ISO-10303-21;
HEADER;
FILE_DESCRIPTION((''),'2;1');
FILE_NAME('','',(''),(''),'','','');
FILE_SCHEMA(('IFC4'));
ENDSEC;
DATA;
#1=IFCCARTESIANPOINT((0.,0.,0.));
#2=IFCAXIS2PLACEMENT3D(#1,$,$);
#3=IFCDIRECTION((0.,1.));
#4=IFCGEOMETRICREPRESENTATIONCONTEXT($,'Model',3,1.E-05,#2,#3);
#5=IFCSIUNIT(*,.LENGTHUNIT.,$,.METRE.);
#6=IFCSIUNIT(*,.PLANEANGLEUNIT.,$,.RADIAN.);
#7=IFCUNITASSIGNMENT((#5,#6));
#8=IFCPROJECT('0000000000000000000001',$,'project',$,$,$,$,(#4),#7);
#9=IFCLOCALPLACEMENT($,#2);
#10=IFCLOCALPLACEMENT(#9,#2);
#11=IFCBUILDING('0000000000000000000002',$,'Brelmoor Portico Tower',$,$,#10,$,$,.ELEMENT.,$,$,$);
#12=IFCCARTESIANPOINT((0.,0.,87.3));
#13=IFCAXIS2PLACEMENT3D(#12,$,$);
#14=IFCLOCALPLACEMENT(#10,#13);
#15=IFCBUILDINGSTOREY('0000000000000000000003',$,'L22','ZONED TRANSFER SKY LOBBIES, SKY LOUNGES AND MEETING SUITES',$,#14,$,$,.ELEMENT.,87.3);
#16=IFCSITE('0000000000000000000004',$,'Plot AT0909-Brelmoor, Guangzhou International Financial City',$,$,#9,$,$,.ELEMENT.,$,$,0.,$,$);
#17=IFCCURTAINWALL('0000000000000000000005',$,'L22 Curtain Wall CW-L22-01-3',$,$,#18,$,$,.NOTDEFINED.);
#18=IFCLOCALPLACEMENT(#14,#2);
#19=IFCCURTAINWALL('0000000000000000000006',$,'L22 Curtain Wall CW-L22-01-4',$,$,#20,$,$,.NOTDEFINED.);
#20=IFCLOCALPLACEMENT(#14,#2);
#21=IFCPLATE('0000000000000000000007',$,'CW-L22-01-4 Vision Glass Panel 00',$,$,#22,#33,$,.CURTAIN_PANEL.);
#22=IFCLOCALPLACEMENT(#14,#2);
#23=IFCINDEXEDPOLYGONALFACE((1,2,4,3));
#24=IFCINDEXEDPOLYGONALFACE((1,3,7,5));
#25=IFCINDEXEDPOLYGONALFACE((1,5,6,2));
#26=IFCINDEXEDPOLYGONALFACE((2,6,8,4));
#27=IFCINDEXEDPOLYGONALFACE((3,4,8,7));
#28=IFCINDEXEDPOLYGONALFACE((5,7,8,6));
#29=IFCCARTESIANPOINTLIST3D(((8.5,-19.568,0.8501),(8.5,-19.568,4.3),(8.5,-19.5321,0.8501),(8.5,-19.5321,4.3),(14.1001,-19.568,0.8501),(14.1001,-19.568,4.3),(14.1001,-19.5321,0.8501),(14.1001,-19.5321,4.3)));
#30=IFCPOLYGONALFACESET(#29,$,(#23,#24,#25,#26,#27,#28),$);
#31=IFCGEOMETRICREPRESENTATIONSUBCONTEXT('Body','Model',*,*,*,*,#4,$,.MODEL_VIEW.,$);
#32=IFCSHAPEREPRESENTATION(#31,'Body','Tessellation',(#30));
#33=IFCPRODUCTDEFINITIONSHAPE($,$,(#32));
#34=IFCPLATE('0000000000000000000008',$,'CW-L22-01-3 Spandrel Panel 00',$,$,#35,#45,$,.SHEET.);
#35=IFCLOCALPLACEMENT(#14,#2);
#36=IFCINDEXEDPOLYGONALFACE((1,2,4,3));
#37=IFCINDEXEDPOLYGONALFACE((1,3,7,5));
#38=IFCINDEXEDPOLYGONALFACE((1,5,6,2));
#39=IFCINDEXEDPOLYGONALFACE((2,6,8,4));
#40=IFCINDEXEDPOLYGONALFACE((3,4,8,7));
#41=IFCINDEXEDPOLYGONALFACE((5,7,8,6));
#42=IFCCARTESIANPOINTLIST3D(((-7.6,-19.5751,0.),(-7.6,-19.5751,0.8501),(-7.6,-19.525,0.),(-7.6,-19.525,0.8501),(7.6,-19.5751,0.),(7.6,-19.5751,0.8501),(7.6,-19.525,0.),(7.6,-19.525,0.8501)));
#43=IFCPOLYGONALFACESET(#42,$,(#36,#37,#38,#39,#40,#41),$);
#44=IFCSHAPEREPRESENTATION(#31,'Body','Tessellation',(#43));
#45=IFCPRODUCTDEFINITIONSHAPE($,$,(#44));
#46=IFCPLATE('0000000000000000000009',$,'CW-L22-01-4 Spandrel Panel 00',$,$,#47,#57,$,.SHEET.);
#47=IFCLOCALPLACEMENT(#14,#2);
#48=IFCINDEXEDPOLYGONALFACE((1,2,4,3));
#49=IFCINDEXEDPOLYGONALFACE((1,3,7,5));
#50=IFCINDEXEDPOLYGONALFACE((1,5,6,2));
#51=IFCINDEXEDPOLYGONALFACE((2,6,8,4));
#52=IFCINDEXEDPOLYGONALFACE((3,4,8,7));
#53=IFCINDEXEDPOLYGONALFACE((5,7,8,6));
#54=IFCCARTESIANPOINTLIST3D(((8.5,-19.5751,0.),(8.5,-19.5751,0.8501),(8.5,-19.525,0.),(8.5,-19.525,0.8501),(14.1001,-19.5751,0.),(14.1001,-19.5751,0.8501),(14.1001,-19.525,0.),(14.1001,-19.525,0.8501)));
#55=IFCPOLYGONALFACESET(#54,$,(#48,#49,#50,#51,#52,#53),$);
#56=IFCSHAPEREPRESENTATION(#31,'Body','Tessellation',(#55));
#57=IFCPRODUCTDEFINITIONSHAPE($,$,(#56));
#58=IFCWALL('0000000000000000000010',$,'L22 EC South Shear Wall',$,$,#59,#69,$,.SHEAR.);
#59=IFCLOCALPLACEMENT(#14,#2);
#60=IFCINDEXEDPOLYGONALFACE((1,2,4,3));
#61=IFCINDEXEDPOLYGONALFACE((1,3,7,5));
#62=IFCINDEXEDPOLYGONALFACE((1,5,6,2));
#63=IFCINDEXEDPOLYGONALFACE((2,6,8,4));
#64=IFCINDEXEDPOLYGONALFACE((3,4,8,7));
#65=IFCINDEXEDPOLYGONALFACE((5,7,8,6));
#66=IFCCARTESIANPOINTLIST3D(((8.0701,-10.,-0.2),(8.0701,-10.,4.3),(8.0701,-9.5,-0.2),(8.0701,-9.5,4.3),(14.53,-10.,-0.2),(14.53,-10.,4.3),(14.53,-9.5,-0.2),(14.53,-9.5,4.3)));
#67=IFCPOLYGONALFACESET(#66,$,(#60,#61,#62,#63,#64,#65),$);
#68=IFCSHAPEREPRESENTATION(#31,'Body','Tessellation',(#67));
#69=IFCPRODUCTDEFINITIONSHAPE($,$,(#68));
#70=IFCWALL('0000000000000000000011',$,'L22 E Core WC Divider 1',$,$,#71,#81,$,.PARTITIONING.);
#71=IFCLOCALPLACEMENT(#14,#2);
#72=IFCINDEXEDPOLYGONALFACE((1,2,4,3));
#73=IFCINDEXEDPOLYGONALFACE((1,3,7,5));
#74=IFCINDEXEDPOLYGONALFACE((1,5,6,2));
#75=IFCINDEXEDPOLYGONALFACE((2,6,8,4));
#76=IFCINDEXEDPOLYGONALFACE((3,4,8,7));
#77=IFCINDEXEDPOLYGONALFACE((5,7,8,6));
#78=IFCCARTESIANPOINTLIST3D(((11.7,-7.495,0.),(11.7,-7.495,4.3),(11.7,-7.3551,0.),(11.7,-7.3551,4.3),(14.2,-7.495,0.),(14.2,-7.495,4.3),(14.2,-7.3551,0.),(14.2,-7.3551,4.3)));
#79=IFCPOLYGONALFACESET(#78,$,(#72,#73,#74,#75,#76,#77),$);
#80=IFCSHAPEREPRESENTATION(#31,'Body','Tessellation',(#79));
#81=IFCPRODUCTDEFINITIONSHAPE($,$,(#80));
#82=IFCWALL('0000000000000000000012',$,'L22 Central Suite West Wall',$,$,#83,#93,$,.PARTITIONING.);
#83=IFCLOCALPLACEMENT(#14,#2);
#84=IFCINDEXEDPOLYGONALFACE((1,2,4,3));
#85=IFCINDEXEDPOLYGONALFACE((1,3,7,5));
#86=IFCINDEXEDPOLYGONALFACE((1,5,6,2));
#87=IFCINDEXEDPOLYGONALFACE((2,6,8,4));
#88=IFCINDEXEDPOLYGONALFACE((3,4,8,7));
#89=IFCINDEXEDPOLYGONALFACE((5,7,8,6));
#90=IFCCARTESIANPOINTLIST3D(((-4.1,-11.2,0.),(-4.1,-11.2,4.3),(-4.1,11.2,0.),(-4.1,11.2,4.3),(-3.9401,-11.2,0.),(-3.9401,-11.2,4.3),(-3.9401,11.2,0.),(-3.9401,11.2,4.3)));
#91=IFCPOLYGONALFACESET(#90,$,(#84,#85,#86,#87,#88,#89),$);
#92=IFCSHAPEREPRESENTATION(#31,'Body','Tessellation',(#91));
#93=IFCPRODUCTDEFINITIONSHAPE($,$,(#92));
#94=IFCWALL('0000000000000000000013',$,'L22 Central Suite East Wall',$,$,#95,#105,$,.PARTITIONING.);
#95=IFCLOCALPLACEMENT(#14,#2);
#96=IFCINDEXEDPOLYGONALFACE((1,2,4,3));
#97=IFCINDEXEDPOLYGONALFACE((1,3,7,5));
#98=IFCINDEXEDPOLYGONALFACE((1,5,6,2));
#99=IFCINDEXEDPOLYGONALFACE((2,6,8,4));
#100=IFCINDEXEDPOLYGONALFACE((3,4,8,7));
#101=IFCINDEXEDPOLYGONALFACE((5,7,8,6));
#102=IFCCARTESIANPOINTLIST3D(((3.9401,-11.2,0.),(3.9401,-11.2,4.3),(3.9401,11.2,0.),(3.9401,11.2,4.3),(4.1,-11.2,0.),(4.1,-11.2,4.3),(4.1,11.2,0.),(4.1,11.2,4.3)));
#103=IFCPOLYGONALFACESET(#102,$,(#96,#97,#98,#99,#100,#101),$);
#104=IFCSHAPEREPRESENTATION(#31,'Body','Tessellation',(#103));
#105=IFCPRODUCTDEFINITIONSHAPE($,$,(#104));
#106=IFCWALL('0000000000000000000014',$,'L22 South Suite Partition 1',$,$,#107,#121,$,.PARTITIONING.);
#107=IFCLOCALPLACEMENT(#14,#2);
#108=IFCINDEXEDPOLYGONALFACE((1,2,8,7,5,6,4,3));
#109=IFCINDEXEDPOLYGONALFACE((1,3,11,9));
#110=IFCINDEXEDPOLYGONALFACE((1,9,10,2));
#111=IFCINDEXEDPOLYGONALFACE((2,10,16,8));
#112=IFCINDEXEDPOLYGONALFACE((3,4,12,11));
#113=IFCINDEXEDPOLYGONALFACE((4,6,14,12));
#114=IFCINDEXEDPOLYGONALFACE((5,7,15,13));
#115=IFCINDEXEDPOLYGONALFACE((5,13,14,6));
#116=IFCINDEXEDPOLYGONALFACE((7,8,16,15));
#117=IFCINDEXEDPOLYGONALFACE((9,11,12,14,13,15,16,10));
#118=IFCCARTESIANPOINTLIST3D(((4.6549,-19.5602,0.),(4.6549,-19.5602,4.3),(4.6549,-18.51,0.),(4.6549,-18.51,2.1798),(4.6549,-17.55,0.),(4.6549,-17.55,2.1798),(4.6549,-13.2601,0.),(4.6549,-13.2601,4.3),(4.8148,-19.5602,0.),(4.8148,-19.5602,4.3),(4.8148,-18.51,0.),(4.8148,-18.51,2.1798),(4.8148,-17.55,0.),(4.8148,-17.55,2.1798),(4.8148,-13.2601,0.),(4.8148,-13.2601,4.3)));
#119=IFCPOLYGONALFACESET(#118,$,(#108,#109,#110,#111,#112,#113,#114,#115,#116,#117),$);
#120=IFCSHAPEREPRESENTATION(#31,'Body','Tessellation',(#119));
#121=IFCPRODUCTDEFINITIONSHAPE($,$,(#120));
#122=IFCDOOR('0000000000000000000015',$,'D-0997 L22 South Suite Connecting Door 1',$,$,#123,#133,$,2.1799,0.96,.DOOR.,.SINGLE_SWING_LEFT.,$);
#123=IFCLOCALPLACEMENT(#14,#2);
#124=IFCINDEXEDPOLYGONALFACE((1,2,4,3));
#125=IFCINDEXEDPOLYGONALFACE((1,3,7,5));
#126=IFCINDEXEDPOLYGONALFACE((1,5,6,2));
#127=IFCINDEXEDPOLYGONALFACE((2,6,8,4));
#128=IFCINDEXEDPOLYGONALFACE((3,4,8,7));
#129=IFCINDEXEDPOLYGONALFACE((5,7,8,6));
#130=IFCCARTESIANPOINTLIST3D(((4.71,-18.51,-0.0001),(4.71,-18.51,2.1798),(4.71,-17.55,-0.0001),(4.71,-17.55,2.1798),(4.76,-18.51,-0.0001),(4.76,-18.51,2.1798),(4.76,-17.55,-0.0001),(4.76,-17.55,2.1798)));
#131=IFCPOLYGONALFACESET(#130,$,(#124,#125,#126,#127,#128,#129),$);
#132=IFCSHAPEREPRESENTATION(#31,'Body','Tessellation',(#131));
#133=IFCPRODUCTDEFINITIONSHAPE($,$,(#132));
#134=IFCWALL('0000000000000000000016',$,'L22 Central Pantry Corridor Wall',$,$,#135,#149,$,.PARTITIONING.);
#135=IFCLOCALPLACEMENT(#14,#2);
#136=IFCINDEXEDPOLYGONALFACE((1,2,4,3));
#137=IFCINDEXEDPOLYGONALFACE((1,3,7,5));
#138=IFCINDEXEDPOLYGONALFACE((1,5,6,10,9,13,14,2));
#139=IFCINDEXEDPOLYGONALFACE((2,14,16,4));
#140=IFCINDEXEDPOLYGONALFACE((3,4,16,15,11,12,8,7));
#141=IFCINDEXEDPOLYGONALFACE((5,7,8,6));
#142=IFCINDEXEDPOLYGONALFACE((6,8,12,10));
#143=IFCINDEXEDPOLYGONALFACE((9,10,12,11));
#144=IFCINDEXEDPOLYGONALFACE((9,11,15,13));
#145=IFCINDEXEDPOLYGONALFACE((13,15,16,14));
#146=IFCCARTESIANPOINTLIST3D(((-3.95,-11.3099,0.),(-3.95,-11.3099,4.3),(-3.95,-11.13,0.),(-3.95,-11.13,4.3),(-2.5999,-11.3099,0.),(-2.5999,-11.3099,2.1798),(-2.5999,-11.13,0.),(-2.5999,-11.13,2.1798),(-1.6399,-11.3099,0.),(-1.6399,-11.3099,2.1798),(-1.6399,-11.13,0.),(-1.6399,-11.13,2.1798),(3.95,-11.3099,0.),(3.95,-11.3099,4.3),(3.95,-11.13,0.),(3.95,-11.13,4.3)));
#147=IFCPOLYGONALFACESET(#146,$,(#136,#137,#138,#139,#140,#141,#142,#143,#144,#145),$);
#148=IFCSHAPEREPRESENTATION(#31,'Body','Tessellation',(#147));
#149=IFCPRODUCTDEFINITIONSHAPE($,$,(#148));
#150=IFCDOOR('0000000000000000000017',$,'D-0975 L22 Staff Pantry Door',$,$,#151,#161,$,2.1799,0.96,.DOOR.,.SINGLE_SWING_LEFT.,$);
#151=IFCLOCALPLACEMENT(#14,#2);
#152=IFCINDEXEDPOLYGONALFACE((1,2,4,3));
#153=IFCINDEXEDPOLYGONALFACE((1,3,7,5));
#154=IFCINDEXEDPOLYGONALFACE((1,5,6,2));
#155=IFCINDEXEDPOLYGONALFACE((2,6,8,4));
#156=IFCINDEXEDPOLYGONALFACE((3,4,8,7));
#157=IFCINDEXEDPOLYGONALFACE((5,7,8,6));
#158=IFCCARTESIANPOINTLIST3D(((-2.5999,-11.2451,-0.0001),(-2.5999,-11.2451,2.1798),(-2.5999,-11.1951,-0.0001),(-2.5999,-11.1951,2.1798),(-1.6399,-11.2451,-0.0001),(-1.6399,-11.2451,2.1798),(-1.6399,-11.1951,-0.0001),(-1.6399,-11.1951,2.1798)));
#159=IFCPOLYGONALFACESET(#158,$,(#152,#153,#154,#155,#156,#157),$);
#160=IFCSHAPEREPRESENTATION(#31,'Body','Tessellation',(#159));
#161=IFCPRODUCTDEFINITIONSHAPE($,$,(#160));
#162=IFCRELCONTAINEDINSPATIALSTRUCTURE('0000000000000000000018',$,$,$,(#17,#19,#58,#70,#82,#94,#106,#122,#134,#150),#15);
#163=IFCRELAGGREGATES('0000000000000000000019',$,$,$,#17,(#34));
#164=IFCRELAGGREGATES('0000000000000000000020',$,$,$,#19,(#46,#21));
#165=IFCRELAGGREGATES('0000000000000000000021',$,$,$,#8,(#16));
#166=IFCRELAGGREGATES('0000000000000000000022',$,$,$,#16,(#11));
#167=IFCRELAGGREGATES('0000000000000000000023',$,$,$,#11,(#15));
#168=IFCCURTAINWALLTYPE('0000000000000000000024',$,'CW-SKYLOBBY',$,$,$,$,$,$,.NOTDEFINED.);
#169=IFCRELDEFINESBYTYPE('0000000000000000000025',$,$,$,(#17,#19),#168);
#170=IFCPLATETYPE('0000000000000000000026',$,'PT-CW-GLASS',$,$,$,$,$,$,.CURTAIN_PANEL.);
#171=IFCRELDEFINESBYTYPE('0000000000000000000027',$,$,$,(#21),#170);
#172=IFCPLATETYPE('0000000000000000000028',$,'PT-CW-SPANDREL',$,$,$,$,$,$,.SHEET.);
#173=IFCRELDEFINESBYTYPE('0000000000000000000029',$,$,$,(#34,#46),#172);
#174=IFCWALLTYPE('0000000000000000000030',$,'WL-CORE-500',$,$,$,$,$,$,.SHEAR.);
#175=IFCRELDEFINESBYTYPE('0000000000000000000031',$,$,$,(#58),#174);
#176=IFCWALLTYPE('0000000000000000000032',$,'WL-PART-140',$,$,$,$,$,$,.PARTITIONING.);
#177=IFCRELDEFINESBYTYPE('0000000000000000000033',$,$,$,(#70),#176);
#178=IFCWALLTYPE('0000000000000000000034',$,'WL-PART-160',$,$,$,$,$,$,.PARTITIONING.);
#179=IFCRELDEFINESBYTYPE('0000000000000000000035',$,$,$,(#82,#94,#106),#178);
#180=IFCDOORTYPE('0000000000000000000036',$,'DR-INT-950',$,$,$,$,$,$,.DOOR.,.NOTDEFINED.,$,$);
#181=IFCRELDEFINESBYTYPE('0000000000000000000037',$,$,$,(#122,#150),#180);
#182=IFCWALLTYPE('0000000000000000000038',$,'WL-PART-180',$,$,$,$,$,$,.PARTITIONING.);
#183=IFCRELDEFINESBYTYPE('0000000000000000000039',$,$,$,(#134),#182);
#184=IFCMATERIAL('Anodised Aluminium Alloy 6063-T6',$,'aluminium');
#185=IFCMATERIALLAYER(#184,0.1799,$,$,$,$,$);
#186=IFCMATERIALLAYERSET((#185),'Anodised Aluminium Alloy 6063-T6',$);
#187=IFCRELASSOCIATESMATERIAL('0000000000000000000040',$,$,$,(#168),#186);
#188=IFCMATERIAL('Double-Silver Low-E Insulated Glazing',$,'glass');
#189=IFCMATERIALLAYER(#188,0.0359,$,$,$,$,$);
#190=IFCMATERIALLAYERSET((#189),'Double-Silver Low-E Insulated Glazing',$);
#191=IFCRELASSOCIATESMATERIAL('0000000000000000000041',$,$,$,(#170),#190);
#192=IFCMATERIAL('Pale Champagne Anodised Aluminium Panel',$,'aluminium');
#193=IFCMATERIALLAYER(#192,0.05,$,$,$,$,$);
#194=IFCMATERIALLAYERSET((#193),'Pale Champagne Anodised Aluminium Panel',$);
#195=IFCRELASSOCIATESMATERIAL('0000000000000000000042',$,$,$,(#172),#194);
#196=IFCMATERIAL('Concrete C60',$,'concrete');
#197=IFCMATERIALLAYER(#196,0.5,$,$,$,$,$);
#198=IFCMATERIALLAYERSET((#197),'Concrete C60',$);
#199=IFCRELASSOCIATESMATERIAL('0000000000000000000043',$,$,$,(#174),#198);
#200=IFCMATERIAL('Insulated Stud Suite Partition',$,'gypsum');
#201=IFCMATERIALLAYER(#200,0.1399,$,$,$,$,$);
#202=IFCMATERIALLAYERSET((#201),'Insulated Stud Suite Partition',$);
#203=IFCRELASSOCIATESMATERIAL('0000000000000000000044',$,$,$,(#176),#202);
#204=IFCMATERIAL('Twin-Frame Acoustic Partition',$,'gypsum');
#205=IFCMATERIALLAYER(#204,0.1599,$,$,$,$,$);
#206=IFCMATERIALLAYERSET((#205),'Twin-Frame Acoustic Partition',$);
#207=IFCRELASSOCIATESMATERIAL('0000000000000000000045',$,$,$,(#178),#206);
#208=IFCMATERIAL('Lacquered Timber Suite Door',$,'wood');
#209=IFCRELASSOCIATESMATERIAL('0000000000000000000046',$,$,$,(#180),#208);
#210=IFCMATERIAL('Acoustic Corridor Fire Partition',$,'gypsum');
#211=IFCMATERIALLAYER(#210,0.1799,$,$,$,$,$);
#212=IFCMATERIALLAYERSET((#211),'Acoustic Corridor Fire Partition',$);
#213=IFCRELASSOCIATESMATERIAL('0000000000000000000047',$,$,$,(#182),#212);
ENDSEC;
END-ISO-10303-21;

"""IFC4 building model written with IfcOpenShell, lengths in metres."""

from ifc_helpers import new_model, si_unit, direction, frame, frame_2d, origin, origin_2d, place, context, subcontext, project, spatial, rectangle, extrude, material, layer, layer_set, type_object, element, fill, aggregate, save


model = new_model("IFC4")

# Units and contexts
model_context = context("Model", 3, precision=1e-05, world=origin(), true_north=direction((0.0, 1.0)))
body_context = subcontext(model_context, "Body", "Model", "MODEL_VIEW")
ifc_project = project(units=[si_unit("LENGTHUNIT", "METRE"), si_unit("PLANEANGLEUNIT", "RADIAN")], contexts=[model_context])

# Site, building, storey
site_placement = place(None, origin())
site = spatial("IfcSite", under=ifc_project, at=site_placement, Name="Plot AT0909-Brelmoor, Guangzhou International Financial City", CompositionType="ELEMENT", RefElevation=0.0)
building_placement = place(site_placement, origin())
building = spatial("IfcBuilding", under=site, at=building_placement, Name="Brelmoor Portico Tower", CompositionType="ELEMENT")
storey_placement = place(building_placement, frame((0.0, 0.0, 87.3)))
storey = spatial("IfcBuildingStorey", under=building, at=storey_placement, Name="L22", Description="ZONED TRANSFER SKY LOBBIES, SKY LOUNGES AND MEETING SUITES", CompositionType="ELEMENT", Elevation=87.3)

# Curtain wall
ifc_material_1 = material(Name="Anodised Aluminium Alloy 6063-T6", Category="aluminium")
ifc_layer_1 = layer(ifc_material_1, 0.1799)
ifc_layer_set_1 = layer_set([ifc_layer_1], Name="Anodised Aluminium Alloy 6063-T6")
curtain_wall_type = type_object("IfcCurtainWallType", Name="CW-SKYLOBBY", PredefinedType="NOTDEFINED", material=ifc_layer_set_1)
curtain_wall_1_placement = place(storey_placement, origin())
curtain_wall_1 = element("IfcCurtainWall", 1, at=curtain_wall_1_placement, inside=storey, type_object=curtain_wall_type, Name="L22 Curtain Wall CW-L22-01-3", PredefinedType="NOTDEFINED")

# Curtain wall
curtain_wall_2_placement = place(storey_placement, origin())
curtain_wall_2 = element("IfcCurtainWall", 2, at=curtain_wall_2_placement, inside=storey, type_object=curtain_wall_type, Name="L22 Curtain Wall CW-L22-01-4", PredefinedType="NOTDEFINED")

# Plates
ifc_material_2 = material(Name="Double-Silver Low-E Insulated Glazing", Category="glass")
ifc_layer_2 = layer(ifc_material_2, 0.0359)
ifc_layer_set_2 = layer_set([ifc_layer_2], Name="Double-Silver Low-E Insulated Glazing")
plate_type_1 = type_object("IfcPlateType", Name="PT-CW-GLASS", PredefinedType="CURTAIN_PANEL", material=ifc_layer_set_2)
plate_1_placement = place(storey_placement, frame((11.3, -19.55, 0.8501), z_axis=(0.0, 0.0, 1.0), x_axis=(1.0, 0.0, 0.0)))
plate_1 = element("IfcPlate", 3, at=plate_1_placement, type_object=plate_type_1, Name="CW-L22-01-4 Vision Glass Panel 00", PredefinedType="CURTAIN_PANEL", context=body_context, shape_type="SweptSolid", body=[
    extrude(rectangle(XDim=5.6001, YDim=0.0359, at=origin_2d()), origin(), (0.0, 0.0, 1.0), 3.45),
])
ifc_material_3 = material(Name="Pale Champagne Anodised Aluminium Panel", Category="aluminium")
ifc_layer_3 = layer(ifc_material_3, 0.05)
ifc_layer_set_3 = layer_set([ifc_layer_3], Name="Pale Champagne Anodised Aluminium Panel")
plate_type_2 = type_object("IfcPlateType", Name="PT-CW-SPANDREL", PredefinedType="SHEET", material=ifc_layer_set_3)
plate_2_placement = place(storey_placement, frame((0.0, -19.55, 0.0), z_axis=(0.0, 0.0, 1.0), x_axis=(1.0, 0.0, 0.0)))
plate_2 = element("IfcPlate", 4, at=plate_2_placement, type_object=plate_type_2, Name="CW-L22-01-3 Spandrel Panel 00", PredefinedType="SHEET", context=body_context, shape_type="SweptSolid", body=[
    extrude(rectangle(XDim=15.2, YDim=0.05, at=origin_2d()), origin(), (0.0, 0.0, 1.0), 0.8501),
])
aggregate(curtain_wall_1, [plate_2])
plate_3_placement = place(storey_placement, frame((11.3, -19.55, 0.0), z_axis=(0.0, 0.0, 1.0), x_axis=(1.0, 0.0, 0.0)))
plate_3 = element("IfcPlate", 5, at=plate_3_placement, type_object=plate_type_2, Name="CW-L22-01-4 Spandrel Panel 00", PredefinedType="SHEET", context=body_context, shape_type="SweptSolid", body=[
    extrude(rectangle(XDim=5.6001, YDim=0.05, at=origin_2d()), origin(), (0.0, 0.0, 1.0), 0.8501),
])
aggregate(curtain_wall_2, [plate_3, plate_1])

# Walls
ifc_material_4 = material(Name="Concrete C60", Category="concrete")
ifc_layer_4 = layer(ifc_material_4, 0.5)
ifc_layer_set_4 = layer_set([ifc_layer_4], Name="Concrete C60")
wall_type_1 = type_object("IfcWallType", Name="WL-CORE-500", PredefinedType="SHEAR", material=ifc_layer_set_4)
wall_1_placement = place(storey_placement, frame((8.0701, -9.75, -0.2), z_axis=(0.0, 0.0, 1.0), x_axis=(1.0, 0.0, 0.0)))
element("IfcWall", 6, at=wall_1_placement, inside=storey, type_object=wall_type_1, Name="L22 EC South Shear Wall", PredefinedType="SHEAR", context=body_context, shape_type="SweptSolid", body=[
    extrude(rectangle(XDim=6.46, YDim=0.5, at=frame_2d((3.23, 0.0))), origin(), (0.0, 0.0, 1.0), 4.5),
])
ifc_material_5 = material(Name="Insulated Stud Suite Partition", Category="gypsum")
ifc_layer_5 = layer(ifc_material_5, 0.1399)
ifc_layer_set_5 = layer_set([ifc_layer_5], Name="Insulated Stud Suite Partition")
wall_type_2 = type_object("IfcWallType", Name="WL-PART-140", PredefinedType="PARTITIONING", material=ifc_layer_set_5)
wall_2_placement = place(storey_placement, frame((11.7, -7.425, 0.0), z_axis=(0.0, 0.0, 1.0), x_axis=(1.0, 0.0, 0.0)))
element("IfcWall", 7, at=wall_2_placement, inside=storey, type_object=wall_type_2, Name="L22 E Core WC Divider 1", PredefinedType="PARTITIONING", context=body_context, shape_type="SweptSolid", body=[
    extrude(rectangle(XDim=2.5, YDim=0.1399, at=frame_2d((1.25, 0.0))), origin(), (0.0, 0.0, 1.0), 4.3),
])

# Shared definitions
ifc_material_6 = material(Name="Twin-Frame Acoustic Partition", Category="gypsum")
ifc_layer_6 = layer(ifc_material_6, 0.1599)
ifc_layer_set_6 = layer_set([ifc_layer_6], Name="Twin-Frame Acoustic Partition")
wall_type_3 = type_object("IfcWallType", Name="WL-PART-160", PredefinedType="PARTITIONING", material=ifc_layer_set_6)
ifc_material_7 = material(Name="Lacquered Timber Suite Door", Category="wood")

# Walls
for number, where, z_axis, x_axis, name in (
    (8, (-4.02, -11.2, 0.0), (0.0, 0.0, 1.0), (0.0, 1.0, 0.0), "L22 Central Suite West Wall"),
    (9, (4.02, -11.2, 0.0), (0.0, 0.0, 1.0), (0.0, 1.0, 0.0), "L22 Central Suite East Wall"),
):
    element("IfcWall", number, at=place(storey_placement, frame(where, z_axis=z_axis, x_axis=x_axis)), inside=storey, type_object=wall_type_3, Name=name, PredefinedType="PARTITIONING", context=body_context, shape_type="SweptSolid", body=[
        extrude(rectangle(XDim=22.3999, YDim=0.1599, at=frame_2d((11.2, 0.0))), origin(), (0.0, 0.0, 1.0), 4.3),
    ])

# Walls, openings, doors
wall_3_placement = place(storey_placement, frame((4.7349, -19.5601, 0.0), z_axis=(0.0, 0.0, 1.0), x_axis=(0.0, 1.0, 0.0)))
wall_3 = element("IfcWall", 10, at=wall_3_placement, inside=storey, type_object=wall_type_3, Name="L22 South Suite Partition 1", PredefinedType="PARTITIONING", context=body_context, shape_type="SweptSolid", body=[
    extrude(rectangle(XDim=6.3, YDim=0.1599, at=frame_2d((3.1499, 0.0))), origin(), (0.0, 0.0, 1.0), 4.3),
])
opening_1_placement = place(wall_3_placement, frame((1.05, 0.0, 0.0)))
opening_1 = element("IfcOpeningElement", 11, at=opening_1_placement, cuts=wall_3, PredefinedType="OPENING", context=body_context, shape_type="SweptSolid", body=[
    extrude(rectangle(XDim=0.96, YDim=2.1799, at=frame_2d((0.48, 1.0898))), frame((0.0, 0.0898, 0.0), z_axis=(0.0, -1.0, 0.0), x_axis=(1.0, 0.0, 0.0)), (0.0, 0.0, 1.0), 0.1799),
])
door_type_1 = type_object("IfcDoorType", Name="DR-INT-950", OperationType="NOTDEFINED", PredefinedType="DOOR", material=ifc_material_7)
door_1_placement = place(opening_1_placement, origin())
door_1 = element("IfcDoor", 12, at=door_1_placement, inside=storey, type_object=door_type_1, Name="D-0997 L22 South Suite Connecting Door 1", OperationType="SINGLE_SWING_LEFT", OverallHeight=2.1799, OverallWidth=0.96, PredefinedType="DOOR", context=body_context, shape_type="SweptSolid", body=[
    extrude(rectangle(XDim=0.96, YDim=2.1799, at=frame_2d((0.48, 1.0898))), frame((0.0, 0.0249, 0.0), z_axis=(0.0, -1.0, 0.0), x_axis=(1.0, 0.0, 0.0)), (0.0, 0.0, 1.0), 0.05),
])
fill(opening_1, door_1)
ifc_material_8 = material(Name="Acoustic Corridor Fire Partition", Category="gypsum")
ifc_layer_7 = layer(ifc_material_8, 0.1799)
ifc_layer_set_7 = layer_set([ifc_layer_7], Name="Acoustic Corridor Fire Partition")
wall_type_4 = type_object("IfcWallType", Name="WL-PART-180", PredefinedType="PARTITIONING", material=ifc_layer_set_7)
wall_4_placement = place(storey_placement, frame((-3.95, -11.22, 0.0), z_axis=(0.0, 0.0, 1.0), x_axis=(1.0, 0.0, 0.0)))
wall_4 = element("IfcWall", 13, at=wall_4_placement, inside=storey, type_object=wall_type_4, Name="L22 Central Pantry Corridor Wall", PredefinedType="PARTITIONING", context=body_context, shape_type="SweptSolid", body=[
    extrude(rectangle(XDim=7.8999, YDim=0.1799, at=frame_2d((3.95, 0.0))), origin(), (0.0, 0.0, 1.0), 4.3),
])
opening_2_placement = place(wall_4_placement, frame((1.3501, 0.0, 0.0)))
opening_2 = element("IfcOpeningElement", 14, at=opening_2_placement, cuts=wall_4, PredefinedType="OPENING", context=body_context, shape_type="SweptSolid", body=[
    extrude(rectangle(XDim=0.96, YDim=2.1799, at=frame_2d((0.48, 1.0898))), frame((0.0, 0.0999, 0.0), z_axis=(0.0, -1.0, 0.0), x_axis=(1.0, 0.0, 0.0)), (0.0, 0.0, 1.0), 0.2),
])
door_2_placement = place(opening_2_placement, origin())
door_2 = element("IfcDoor", 15, at=door_2_placement, inside=storey, type_object=door_type_1, Name="D-0975 L22 Staff Pantry Door", OperationType="SINGLE_SWING_LEFT", OverallHeight=2.1799, OverallWidth=0.96, PredefinedType="DOOR", context=body_context, shape_type="SweptSolid", body=[
    extrude(rectangle(XDim=0.96, YDim=2.1799, at=frame_2d((0.48, 1.0898))), frame((0.0, 0.0249, 0.0), z_axis=(0.0, -1.0, 0.0), x_axis=(1.0, 0.0, 0.0)), (0.0, 0.0, 1.0), 0.05),
])
fill(opening_2, door_2)

save(model, "model.ifc")
